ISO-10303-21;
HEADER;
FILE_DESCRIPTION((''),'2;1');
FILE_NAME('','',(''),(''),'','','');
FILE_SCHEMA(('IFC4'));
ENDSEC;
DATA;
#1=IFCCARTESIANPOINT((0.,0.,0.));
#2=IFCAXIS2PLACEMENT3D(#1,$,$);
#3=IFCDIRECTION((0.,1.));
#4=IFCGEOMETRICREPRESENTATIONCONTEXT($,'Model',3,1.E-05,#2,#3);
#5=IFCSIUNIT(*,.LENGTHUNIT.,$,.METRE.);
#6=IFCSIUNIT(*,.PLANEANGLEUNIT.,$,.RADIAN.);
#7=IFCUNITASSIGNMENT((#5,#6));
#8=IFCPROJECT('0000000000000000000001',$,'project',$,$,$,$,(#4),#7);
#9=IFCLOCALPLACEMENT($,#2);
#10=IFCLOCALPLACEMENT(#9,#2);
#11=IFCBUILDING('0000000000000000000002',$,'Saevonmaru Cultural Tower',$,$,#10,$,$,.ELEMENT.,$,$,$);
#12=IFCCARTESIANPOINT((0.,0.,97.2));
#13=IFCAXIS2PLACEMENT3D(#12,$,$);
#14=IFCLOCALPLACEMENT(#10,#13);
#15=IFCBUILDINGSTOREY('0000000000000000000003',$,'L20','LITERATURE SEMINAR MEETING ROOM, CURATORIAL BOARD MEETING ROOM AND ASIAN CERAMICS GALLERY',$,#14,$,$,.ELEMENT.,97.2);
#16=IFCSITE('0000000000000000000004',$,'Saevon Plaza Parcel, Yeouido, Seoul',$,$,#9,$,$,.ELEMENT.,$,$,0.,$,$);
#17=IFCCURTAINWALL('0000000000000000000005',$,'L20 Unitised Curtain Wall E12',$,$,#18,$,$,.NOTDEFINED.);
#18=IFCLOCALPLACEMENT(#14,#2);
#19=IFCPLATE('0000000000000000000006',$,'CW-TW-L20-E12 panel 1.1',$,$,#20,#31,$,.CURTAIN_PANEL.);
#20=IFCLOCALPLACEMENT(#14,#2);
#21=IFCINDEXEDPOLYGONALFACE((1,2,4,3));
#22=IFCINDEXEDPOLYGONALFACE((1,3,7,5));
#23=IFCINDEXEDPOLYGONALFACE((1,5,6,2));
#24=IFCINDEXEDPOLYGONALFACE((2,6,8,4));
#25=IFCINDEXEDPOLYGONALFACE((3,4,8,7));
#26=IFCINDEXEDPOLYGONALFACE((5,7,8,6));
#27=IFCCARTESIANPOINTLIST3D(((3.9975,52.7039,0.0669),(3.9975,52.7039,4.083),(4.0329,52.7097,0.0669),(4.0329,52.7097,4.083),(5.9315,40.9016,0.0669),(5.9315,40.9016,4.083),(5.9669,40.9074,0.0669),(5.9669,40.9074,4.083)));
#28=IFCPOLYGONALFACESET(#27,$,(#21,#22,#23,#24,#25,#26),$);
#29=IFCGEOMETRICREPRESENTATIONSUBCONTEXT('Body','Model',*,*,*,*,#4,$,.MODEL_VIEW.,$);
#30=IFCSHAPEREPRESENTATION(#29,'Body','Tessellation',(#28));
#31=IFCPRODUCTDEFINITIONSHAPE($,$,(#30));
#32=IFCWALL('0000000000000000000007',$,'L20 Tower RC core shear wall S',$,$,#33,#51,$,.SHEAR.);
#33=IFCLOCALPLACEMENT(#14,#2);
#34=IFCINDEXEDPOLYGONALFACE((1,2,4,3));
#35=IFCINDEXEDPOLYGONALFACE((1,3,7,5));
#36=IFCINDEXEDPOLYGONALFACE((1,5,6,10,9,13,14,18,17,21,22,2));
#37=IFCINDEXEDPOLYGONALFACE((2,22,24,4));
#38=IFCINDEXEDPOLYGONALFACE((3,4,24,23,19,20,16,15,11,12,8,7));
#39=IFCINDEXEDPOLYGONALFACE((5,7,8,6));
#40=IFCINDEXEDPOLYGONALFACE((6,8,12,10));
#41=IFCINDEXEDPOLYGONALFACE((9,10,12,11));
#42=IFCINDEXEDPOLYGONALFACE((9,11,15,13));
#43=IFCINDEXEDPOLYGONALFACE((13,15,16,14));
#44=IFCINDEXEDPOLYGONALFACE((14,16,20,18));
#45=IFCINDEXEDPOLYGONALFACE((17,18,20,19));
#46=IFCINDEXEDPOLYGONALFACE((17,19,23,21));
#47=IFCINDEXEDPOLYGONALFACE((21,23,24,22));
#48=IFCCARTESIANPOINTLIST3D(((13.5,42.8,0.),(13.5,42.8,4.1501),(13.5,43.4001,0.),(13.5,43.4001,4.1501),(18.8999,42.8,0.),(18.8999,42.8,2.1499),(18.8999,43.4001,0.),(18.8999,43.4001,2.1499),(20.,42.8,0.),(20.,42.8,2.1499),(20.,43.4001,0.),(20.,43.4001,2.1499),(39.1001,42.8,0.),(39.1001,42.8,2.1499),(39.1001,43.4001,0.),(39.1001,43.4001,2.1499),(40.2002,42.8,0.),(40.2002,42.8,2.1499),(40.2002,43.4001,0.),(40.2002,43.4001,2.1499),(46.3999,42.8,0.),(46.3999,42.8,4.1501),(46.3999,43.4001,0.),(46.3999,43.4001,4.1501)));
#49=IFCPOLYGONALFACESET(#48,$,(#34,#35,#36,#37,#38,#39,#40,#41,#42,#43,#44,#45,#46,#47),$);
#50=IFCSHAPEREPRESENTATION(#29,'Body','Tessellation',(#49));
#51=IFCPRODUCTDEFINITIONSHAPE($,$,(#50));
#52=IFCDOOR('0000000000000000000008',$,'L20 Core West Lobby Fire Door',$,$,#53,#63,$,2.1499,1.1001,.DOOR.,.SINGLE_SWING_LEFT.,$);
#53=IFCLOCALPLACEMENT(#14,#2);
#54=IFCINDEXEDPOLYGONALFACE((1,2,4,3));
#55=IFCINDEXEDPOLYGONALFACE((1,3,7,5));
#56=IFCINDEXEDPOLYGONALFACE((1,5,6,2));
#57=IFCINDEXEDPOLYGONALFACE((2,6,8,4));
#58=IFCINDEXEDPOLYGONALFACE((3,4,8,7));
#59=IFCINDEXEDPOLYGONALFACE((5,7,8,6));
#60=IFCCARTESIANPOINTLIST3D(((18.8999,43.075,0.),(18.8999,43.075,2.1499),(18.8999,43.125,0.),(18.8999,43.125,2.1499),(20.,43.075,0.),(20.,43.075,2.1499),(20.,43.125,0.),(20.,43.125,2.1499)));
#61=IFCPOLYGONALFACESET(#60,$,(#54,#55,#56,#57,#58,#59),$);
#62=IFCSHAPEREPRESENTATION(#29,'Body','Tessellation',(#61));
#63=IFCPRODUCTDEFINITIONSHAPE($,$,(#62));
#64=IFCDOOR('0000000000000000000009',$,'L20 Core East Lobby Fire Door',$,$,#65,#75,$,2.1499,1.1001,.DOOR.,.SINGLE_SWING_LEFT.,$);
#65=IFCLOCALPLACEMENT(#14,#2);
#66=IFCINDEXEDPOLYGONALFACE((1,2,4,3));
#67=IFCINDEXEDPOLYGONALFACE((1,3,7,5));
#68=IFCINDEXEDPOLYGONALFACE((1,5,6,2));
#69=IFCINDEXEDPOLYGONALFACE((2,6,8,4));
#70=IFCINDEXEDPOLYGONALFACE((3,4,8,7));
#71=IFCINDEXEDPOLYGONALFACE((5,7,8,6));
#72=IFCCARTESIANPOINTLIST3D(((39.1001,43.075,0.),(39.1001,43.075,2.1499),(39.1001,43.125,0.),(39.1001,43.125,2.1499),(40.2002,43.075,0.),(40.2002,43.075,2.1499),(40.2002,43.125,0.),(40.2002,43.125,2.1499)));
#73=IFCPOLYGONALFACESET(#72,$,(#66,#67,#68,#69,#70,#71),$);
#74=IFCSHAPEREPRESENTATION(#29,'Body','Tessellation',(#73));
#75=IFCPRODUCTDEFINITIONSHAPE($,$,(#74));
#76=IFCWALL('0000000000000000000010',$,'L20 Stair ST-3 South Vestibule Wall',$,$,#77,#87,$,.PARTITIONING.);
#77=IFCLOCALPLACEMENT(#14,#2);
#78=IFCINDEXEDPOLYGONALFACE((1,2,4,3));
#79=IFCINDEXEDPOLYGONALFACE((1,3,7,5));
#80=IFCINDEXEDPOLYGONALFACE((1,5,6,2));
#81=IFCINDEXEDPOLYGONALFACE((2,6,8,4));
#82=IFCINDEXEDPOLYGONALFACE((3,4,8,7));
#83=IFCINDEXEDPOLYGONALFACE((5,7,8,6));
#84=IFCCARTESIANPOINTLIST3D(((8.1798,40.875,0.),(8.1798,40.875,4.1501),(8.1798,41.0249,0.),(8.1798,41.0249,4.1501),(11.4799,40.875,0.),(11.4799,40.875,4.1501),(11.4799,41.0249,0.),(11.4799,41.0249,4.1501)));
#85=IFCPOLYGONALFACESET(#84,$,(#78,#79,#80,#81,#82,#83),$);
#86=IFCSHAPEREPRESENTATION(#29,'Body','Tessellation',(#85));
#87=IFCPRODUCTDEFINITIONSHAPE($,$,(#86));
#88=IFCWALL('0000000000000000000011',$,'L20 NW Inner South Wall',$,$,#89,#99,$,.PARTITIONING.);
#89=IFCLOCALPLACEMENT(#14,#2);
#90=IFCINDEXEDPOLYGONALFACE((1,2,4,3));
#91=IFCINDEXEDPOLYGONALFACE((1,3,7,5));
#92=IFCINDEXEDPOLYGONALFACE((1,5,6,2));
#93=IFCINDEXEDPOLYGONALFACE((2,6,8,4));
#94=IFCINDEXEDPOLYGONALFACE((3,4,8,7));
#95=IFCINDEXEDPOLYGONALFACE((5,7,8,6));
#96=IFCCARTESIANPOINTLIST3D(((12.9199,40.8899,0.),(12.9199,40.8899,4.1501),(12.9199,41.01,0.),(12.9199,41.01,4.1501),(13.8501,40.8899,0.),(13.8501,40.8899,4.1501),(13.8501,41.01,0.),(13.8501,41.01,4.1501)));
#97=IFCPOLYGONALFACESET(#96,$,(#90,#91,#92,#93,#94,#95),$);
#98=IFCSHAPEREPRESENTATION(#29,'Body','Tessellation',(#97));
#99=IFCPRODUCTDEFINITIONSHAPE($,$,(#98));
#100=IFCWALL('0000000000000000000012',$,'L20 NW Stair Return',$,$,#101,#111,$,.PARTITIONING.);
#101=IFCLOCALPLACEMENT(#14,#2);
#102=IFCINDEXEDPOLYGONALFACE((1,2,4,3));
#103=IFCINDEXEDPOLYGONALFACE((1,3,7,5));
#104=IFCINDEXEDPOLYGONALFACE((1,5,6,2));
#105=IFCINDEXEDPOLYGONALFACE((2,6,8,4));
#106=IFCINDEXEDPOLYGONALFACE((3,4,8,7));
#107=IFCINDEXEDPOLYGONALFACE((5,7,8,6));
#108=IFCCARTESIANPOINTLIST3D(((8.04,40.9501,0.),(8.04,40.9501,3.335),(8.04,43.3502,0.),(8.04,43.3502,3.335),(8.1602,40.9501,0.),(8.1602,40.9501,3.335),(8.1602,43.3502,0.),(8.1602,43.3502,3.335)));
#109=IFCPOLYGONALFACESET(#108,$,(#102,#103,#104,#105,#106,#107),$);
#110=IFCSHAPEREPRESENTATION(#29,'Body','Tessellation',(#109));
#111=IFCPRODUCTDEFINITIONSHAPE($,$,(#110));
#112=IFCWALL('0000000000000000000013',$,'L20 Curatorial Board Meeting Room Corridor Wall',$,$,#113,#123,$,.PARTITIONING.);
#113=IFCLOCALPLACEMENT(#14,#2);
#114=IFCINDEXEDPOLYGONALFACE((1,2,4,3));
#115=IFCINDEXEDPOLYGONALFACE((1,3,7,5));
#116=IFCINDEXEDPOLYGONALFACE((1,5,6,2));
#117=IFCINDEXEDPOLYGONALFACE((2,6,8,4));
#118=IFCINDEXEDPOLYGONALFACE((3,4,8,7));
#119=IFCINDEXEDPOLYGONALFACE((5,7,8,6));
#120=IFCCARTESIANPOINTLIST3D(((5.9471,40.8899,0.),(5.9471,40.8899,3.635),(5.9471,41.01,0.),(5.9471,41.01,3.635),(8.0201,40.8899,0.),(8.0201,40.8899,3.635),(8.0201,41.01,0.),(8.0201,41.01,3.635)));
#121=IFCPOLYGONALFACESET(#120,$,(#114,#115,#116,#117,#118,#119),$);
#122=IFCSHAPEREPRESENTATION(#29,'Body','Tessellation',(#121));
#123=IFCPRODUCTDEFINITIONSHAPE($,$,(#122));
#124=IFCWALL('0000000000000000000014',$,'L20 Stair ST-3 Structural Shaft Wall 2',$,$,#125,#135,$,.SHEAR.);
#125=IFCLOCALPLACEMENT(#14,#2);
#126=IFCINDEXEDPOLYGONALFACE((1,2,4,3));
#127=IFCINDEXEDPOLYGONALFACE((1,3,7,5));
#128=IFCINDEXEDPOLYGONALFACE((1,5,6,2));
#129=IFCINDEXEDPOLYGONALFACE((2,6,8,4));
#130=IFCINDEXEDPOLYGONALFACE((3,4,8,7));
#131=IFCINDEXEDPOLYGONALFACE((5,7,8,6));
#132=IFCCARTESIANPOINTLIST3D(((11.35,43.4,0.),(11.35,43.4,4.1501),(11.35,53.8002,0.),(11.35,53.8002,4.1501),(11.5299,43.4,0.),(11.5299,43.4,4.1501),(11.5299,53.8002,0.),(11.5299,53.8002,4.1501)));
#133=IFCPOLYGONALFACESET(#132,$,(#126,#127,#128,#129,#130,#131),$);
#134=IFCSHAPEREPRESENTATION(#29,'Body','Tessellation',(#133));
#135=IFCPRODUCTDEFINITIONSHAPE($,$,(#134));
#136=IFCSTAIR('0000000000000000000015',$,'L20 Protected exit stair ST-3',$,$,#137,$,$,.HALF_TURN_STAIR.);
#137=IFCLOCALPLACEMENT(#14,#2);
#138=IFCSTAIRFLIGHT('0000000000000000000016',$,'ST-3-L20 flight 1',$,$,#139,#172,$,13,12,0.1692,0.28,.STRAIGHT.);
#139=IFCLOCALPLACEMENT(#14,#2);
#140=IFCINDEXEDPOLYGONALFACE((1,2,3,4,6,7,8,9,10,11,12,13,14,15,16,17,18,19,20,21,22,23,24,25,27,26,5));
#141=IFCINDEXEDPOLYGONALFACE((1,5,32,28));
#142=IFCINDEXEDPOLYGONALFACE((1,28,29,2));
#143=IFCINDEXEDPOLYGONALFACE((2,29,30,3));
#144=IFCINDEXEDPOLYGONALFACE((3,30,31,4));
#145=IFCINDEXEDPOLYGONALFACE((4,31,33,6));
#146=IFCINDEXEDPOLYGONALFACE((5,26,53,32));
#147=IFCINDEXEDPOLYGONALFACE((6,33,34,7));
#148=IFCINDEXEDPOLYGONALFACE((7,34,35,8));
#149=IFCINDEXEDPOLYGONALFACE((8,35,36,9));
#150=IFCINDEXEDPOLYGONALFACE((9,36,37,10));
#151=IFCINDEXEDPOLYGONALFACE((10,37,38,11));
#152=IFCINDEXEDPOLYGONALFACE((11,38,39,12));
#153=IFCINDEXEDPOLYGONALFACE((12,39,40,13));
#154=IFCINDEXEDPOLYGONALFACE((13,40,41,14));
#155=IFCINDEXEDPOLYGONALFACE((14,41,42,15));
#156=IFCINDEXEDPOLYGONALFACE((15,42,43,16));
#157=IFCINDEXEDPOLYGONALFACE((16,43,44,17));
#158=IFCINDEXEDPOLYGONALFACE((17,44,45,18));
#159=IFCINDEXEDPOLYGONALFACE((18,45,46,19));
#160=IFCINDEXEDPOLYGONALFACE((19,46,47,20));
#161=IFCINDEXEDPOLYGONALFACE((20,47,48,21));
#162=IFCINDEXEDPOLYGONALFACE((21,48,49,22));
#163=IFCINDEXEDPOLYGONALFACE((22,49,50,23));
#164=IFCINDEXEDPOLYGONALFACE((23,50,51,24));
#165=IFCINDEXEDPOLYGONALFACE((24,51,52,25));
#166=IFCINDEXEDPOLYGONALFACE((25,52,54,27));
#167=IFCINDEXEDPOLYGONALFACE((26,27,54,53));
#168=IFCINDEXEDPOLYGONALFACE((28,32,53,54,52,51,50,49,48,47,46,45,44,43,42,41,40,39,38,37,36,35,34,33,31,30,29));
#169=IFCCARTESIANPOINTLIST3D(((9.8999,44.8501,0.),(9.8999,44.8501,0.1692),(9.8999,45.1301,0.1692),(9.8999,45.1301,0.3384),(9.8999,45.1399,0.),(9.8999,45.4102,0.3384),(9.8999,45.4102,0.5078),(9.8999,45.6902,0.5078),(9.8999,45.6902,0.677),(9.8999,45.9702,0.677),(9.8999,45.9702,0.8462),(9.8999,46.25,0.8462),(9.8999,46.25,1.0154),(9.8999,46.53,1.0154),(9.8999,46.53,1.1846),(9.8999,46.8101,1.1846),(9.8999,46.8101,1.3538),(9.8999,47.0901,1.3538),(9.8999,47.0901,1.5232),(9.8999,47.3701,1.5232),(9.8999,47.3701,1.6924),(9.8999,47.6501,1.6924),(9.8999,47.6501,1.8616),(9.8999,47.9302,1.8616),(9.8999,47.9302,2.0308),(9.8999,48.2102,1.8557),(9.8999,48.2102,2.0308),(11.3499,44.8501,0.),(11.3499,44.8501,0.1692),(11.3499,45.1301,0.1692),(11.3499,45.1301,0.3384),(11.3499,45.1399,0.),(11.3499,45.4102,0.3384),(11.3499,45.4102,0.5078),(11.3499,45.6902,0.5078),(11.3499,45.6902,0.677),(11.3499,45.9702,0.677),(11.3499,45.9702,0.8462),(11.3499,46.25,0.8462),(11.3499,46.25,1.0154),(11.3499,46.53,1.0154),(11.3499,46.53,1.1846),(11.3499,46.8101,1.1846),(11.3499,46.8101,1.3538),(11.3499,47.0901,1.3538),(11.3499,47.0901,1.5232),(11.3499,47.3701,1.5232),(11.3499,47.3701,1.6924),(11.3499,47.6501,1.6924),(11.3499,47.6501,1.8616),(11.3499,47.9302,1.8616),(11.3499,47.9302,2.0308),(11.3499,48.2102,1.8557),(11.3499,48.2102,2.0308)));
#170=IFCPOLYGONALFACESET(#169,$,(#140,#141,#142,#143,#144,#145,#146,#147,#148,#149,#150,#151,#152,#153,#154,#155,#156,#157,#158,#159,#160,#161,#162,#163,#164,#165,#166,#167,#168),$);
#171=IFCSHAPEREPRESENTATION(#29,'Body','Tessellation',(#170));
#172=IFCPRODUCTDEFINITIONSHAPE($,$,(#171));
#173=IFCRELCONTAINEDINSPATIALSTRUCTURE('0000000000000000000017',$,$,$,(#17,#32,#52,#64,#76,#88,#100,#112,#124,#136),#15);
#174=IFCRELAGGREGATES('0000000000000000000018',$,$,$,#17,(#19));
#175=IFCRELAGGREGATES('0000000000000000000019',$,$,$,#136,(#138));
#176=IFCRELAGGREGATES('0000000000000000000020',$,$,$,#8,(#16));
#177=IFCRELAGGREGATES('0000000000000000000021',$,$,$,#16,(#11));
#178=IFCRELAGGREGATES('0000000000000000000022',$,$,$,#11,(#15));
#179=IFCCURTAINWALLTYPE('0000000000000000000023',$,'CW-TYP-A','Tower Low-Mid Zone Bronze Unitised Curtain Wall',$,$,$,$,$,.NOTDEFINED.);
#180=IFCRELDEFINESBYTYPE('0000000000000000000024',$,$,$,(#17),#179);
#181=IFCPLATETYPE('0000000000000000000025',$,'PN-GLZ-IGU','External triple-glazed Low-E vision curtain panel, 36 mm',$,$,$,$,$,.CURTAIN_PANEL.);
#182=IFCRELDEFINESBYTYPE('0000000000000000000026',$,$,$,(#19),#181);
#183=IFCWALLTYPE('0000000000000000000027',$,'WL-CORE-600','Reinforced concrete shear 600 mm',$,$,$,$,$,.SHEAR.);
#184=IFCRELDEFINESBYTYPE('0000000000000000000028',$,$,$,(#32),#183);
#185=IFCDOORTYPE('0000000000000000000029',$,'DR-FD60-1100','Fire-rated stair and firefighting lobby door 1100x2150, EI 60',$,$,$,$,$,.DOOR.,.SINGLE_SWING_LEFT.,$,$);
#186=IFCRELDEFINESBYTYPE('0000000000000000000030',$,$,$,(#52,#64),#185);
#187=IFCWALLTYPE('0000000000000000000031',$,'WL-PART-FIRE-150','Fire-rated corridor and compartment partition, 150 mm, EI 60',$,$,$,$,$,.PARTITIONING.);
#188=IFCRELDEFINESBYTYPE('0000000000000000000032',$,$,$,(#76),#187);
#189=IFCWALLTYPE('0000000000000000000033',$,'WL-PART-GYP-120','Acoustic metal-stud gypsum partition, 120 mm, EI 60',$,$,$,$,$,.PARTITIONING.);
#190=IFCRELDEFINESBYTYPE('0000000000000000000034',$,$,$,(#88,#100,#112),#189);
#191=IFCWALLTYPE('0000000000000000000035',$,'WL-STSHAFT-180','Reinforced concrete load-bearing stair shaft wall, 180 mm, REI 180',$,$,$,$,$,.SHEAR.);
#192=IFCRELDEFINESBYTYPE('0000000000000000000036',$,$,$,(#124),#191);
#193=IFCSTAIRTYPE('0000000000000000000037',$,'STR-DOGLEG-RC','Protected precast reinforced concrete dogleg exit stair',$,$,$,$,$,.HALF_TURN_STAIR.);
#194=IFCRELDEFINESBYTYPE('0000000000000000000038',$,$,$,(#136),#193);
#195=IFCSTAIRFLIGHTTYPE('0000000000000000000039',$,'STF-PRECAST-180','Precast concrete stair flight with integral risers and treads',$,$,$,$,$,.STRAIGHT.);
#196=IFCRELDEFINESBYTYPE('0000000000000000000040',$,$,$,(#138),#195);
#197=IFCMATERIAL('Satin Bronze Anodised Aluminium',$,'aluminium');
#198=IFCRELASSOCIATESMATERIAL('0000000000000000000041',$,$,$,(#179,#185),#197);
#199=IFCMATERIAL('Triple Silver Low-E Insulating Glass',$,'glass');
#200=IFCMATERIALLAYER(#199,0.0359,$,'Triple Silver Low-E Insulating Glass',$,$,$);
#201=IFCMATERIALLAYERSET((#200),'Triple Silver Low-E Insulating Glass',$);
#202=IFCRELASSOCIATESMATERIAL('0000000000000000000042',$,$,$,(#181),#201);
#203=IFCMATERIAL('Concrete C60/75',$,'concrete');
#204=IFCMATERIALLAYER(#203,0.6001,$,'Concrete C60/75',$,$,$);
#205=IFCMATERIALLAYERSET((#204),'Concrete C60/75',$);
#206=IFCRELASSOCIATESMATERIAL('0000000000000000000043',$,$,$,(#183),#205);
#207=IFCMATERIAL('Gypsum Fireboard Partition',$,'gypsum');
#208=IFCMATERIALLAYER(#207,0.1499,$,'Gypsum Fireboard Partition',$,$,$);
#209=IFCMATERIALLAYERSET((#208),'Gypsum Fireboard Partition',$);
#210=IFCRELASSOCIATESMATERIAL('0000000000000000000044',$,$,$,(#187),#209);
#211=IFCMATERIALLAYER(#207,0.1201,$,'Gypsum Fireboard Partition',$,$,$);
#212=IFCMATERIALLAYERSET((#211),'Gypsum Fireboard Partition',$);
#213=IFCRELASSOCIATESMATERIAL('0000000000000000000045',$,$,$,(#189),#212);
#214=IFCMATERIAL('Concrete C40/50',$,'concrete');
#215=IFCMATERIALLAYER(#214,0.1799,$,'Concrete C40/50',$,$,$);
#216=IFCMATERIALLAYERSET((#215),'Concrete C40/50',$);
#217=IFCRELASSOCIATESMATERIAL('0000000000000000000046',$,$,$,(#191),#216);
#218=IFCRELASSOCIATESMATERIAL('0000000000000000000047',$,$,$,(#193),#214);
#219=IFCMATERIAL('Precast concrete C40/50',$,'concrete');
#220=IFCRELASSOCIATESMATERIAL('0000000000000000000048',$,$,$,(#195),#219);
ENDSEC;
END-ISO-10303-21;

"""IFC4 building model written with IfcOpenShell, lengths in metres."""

from ifc_helpers import new_model, si_unit, direction, frame, frame_2d, origin, origin_2d, place, context, subcontext, project, spatial, polyline, rectangle, outline, extrude, material, layer, layer_set, type_object, element, fill, aggregate, save


model = new_model("IFC4")

# Units and contexts
model_context = context("Model", 3, precision=1e-05, world=origin(), true_north=direction((0.0, 1.0)))
body_context = subcontext(model_context, "Body", "Model", "MODEL_VIEW")
ifc_project = project(units=[si_unit("LENGTHUNIT", "METRE"), si_unit("PLANEANGLEUNIT", "RADIAN")], contexts=[model_context])

# Site, building, storey
site_placement = place(None, origin())
site = spatial("IfcSite", under=ifc_project, at=site_placement, Name="Saevon Plaza Parcel, Yeouido, Seoul", CompositionType="ELEMENT", RefElevation=0.0)
building_placement = place(site_placement, origin())
building = spatial("IfcBuilding", under=site, at=building_placement, Name="Saevonmaru Cultural Tower", CompositionType="ELEMENT")
storey_placement = place(building_placement, frame((0.0, 0.0, 97.2)))
storey = spatial("IfcBuildingStorey", under=building, at=storey_placement, Name="L20", Description="LITERATURE SEMINAR MEETING ROOM, CURATORIAL BOARD MEETING ROOM AND ASIAN CERAMICS GALLERY", CompositionType="ELEMENT", Elevation=97.2)

# Curtain wall
ifc_material_1 = material(Name="Satin Bronze Anodised Aluminium", Category="aluminium")
curtain_wall_type = type_object("IfcCurtainWallType", Name="CW-TYP-A", Description="Tower Low-Mid Zone Bronze Unitised Curtain Wall", PredefinedType="NOTDEFINED", material=ifc_material_1)
curtain_wall_placement = place(storey_placement, origin())
curtain_wall = element("IfcCurtainWall", 1, at=curtain_wall_placement, inside=storey, type_object=curtain_wall_type, Name="L20 Unitised Curtain Wall E12", PredefinedType="NOTDEFINED")

# Plate
ifc_material_2 = material(Name="Triple Silver Low-E Insulating Glass", Category="glass")
ifc_layer_1 = layer(ifc_material_2, 0.0359, Name="Triple Silver Low-E Insulating Glass")
ifc_layer_set_1 = layer_set([ifc_layer_1], Name="Triple Silver Low-E Insulating Glass")
plate_type_1 = type_object("IfcPlateType", Name="PN-GLZ-IGU", Description="External triple-glazed Low-E vision curtain panel, 36 mm", PredefinedType="CURTAIN_PANEL", material=ifc_layer_set_1)
plate_placement = place(storey_placement, frame((4.9822, 46.8057, 0.0669), z_axis=(0.0, 0.0, 1.0), x_axis=(0.161709, -0.986839, 0.0)))
plate = element("IfcPlate", 2, at=plate_placement, type_object=plate_type_1, Name="CW-TW-L20-E12 panel 1.1", PredefinedType="CURTAIN_PANEL", context=body_context, shape_type="SweptSolid", body=[
    extrude(rectangle(XDim=11.9597, YDim=0.0359, at=origin_2d()), origin(), (0.0, 0.0, 1.0), 4.0161),
])
aggregate(curtain_wall, [plate])

# Wall, openings, doors
ifc_material_3 = material(Name="Concrete C60/75", Category="concrete")
ifc_layer_2 = layer(ifc_material_3, 0.6001, Name="Concrete C60/75")
ifc_layer_set_2 = layer_set([ifc_layer_2], Name="Concrete C60/75")
wall_type_1 = type_object("IfcWallType", Name="WL-CORE-600", Description="Reinforced concrete shear 600 mm", PredefinedType="SHEAR", material=ifc_layer_set_2)
wall_1_placement = place(storey_placement, frame((13.5, 43.1001, 0.0), z_axis=(0.0, 0.0, 1.0), x_axis=(1.0, 0.0, 0.0)))
wall_1 = element("IfcWall", 3, at=wall_1_placement, inside=storey, type_object=wall_type_1, Name="L20 Tower RC core shear wall S", PredefinedType="SHEAR", context=body_context, shape_type="SweptSolid", body=[
    extrude(rectangle(XDim=32.8999, YDim=0.6001, at=frame_2d((16.45, 0.0))), origin(), (0.0, 0.0, 1.0), 4.1501),
])
opening_1_placement = place(wall_1_placement, frame((5.3999, 0.0, 0.0)))
opening_1 = element("IfcOpeningElement", 4, at=opening_1_placement, cuts=wall_1, PredefinedType="OPENING", context=body_context, shape_type="SweptSolid", body=[
    extrude(rectangle(XDim=1.1001, YDim=2.1499, at=frame_2d((0.55, 1.075))), frame((0.0, 0.3101, 0.0), z_axis=(0.0, -1.0, 0.0), x_axis=(1.0, 0.0, 0.0)), (0.0, 0.0, 1.0), 0.6201),
])
opening_2_placement = place(wall_1_placement, frame((25.6001, 0.0, 0.0)))
opening_2 = element("IfcOpeningElement", 5, at=opening_2_placement, cuts=wall_1, PredefinedType="OPENING", context=body_context, shape_type="SweptSolid", body=[
    extrude(rectangle(XDim=1.1001, YDim=2.1499, at=frame_2d((0.55, 1.075))), frame((0.0, 0.3101, 0.0), z_axis=(0.0, -1.0, 0.0), x_axis=(1.0, 0.0, 0.0)), (0.0, 0.0, 1.0), 0.6201),
])
door_type = type_object("IfcDoorType", Name="DR-FD60-1100", Description="Fire-rated stair and firefighting lobby door 1100x2150, EI 60", OperationType="SINGLE_SWING_LEFT", PredefinedType="DOOR", material=ifc_material_1)
door_1_placement = place(opening_1_placement, origin())
door_1 = element("IfcDoor", 6, at=door_1_placement, inside=storey, type_object=door_type, Name="L20 Core West Lobby Fire Door", OperationType="SINGLE_SWING_LEFT", OverallHeight=2.1499, OverallWidth=1.1001, PredefinedType="DOOR", context=body_context, shape_type="SweptSolid", body=[
    extrude(rectangle(XDim=1.1001, YDim=2.1499, at=frame_2d((0.55, 1.075))), frame((0.0, 0.0249, 0.0), z_axis=(0.0, -1.0, 0.0), x_axis=(1.0, 0.0, 0.0)), (0.0, 0.0, 1.0), 0.05),
])
fill(opening_1, door_1)
door_2_placement = place(opening_2_placement, origin())
door_2 = element("IfcDoor", 7, at=door_2_placement, inside=storey, type_object=door_type, Name="L20 Core East Lobby Fire Door", OperationType="SINGLE_SWING_LEFT", OverallHeight=2.1499, OverallWidth=1.1001, PredefinedType="DOOR", context=body_context, shape_type="SweptSolid", body=[
    extrude(rectangle(XDim=1.1001, YDim=2.1499, at=frame_2d((0.55, 1.075))), frame((0.0, 0.0249, 0.0), z_axis=(0.0, -1.0, 0.0), x_axis=(1.0, 0.0, 0.0)), (0.0, 0.0, 1.0), 0.05),
])
fill(opening_2, door_2)

# Walls
ifc_material_4 = material(Name="Gypsum Fireboard Partition", Category="gypsum")
ifc_layer_3 = layer(ifc_material_4, 0.1499, Name="Gypsum Fireboard Partition")
ifc_layer_set_3 = layer_set([ifc_layer_3], Name="Gypsum Fireboard Partition")
wall_type_2 = type_object("IfcWallType", Name="WL-PART-FIRE-150", Description="Fire-rated corridor and compartment partition, 150 mm, EI 60", PredefinedType="PARTITIONING", material=ifc_layer_set_3)
wall_2_placement = place(storey_placement, frame((8.1799, 40.95, 0.0), z_axis=(0.0, 0.0, 1.0), x_axis=(1.0, 0.0, 0.0)))
element("IfcWall", 8, at=wall_2_placement, inside=storey, type_object=wall_type_2, Name="L20 Stair ST-3 South Vestibule Wall", PredefinedType="PARTITIONING", context=body_context, shape_type="SweptSolid", body=[
    extrude(rectangle(XDim=3.3, YDim=0.1499, at=frame_2d((1.6499, 0.0))), origin(), (0.0, 0.0, 1.0), 4.1501),
])
ifc_layer_4 = layer(ifc_material_4, 0.1201, Name="Gypsum Fireboard Partition")
ifc_layer_set_4 = layer_set([ifc_layer_4], Name="Gypsum Fireboard Partition")
wall_type_3 = type_object("IfcWallType", Name="WL-PART-GYP-120", Description="Acoustic metal-stud gypsum partition, 120 mm, EI 60", PredefinedType="PARTITIONING", material=ifc_layer_set_4)
wall_3_placement = place(storey_placement, frame((12.9199, 40.95, 0.0), z_axis=(0.0, 0.0, 1.0), x_axis=(1.0, 0.0, 0.0)))
element("IfcWall", 9, at=wall_3_placement, inside=storey, type_object=wall_type_3, Name="L20 NW Inner South Wall", PredefinedType="PARTITIONING", context=body_context, shape_type="SweptSolid", body=[
    extrude(rectangle(XDim=0.9302, YDim=0.1201, at=frame_2d((0.4651, 0.0))), origin(), (0.0, 0.0, 1.0), 4.1501),
])
wall_4_placement = place(storey_placement, frame((8.1001, 40.95, 0.0), z_axis=(0.0, 0.0, 1.0), x_axis=(0.0, 1.0, 0.0)))
element("IfcWall", 10, at=wall_4_placement, inside=storey, type_object=wall_type_3, Name="L20 NW Stair Return", PredefinedType="PARTITIONING", context=body_context, shape_type="SweptSolid", body=[
    extrude(rectangle(XDim=2.4001, YDim=0.1201, at=frame_2d((1.2002, 0.0))), origin(), (0.0, 0.0, 1.0), 3.335),
])
wall_5_placement = place(storey_placement, frame((5.947, 40.95, 0.0), z_axis=(0.0, 0.0, 1.0), x_axis=(1.0, 0.0, 0.0)))
element("IfcWall", 11, at=wall_5_placement, inside=storey, type_object=wall_type_3, Name="L20 Curatorial Board Meeting Room Corridor Wall", PredefinedType="PARTITIONING", context=body_context, shape_type="SweptSolid", body=[
    extrude(rectangle(XDim=2.073, YDim=0.1201, at=frame_2d((1.0366, 0.0))), origin(), (0.0, 0.0, 1.0), 3.635),
])

# Shared definitions
ifc_material_5 = material(Name="Concrete C40/50", Category="concrete")
ifc_layer_5 = layer(ifc_material_5, 0.1799, Name="Concrete C40/50")
ifc_layer_set_5 = layer_set([ifc_layer_5], Name="Concrete C40/50")
wall_type_4 = type_object("IfcWallType", Name="WL-STSHAFT-180", Description="Reinforced concrete load-bearing stair shaft wall, 180 mm, REI 180", PredefinedType="SHEAR", material=ifc_layer_set_5)

# Wall
wall_6_placement = place(storey_placement, frame((11.4399, 43.3999, 0.0), z_axis=(0.0, 0.0, 1.0), x_axis=(0.0, 1.0, 0.0)))
element("IfcWall", 12, at=wall_6_placement, inside=storey, type_object=wall_type_4, Name="L20 Stair ST-3 Structural Shaft Wall 2", PredefinedType="SHEAR", context=body_context, shape_type="SweptSolid", body=[
    extrude(rectangle(XDim=10.4001, YDim=0.1799, at=frame_2d((5.2002, 0.0))), origin(), (0.0, 0.0, 1.0), 4.1501),
])

# Stair, stair flight
stair_type = type_object("IfcStairType", Name="STR-DOGLEG-RC", Description="Protected precast reinforced concrete dogleg exit stair", PredefinedType="HALF_TURN_STAIR", material=ifc_material_5)
stair_placement = place(storey_placement, origin())
stair = element("IfcStair", 13, at=stair_placement, inside=storey, type_object=stair_type, Name="L20 Protected exit stair ST-3", PredefinedType="HALF_TURN_STAIR")
ifc_material_6 = material(Name="Precast concrete C40/50", Category="concrete")
stair_flight_type = type_object("IfcStairFlightType", Name="STF-PRECAST-180", Description="Precast concrete stair flight with integral risers and treads", PredefinedType="STRAIGHT", material=ifc_material_6)
stair_flight_1_placement = place(storey_placement, frame((10.625, 44.8501, 0.0), z_axis=(0.0, 0.0, 1.0), x_axis=(0.0, 1.0, 0.0)))
stair_flight_1 = element("IfcStairFlight", 14, at=stair_flight_1_placement, type_object=stair_flight_type, Name="ST-3-L20 flight 1", NumberOfRisers=13, NumberOfTreads=12, PredefinedType="STRAIGHT", RiserHeight=0.1692, TreadLength=0.28, context=body_context, shape_type="SweptSolid", body=[
    extrude(outline(polyline([(0.0, 0.0), (0.0, 0.1692), (0.28, 0.1692), (0.28, 0.3384), (0.5601, 0.3384), (0.5601, 0.5078), (0.8401, 0.5078), (0.8401, 0.677), (1.1201, 0.677), (1.1201, 0.8462), (1.3999, 0.8462), (1.3999, 1.0154), (1.6799, 1.0154), (1.6799, 1.1846), (1.96, 1.1846), (1.96, 1.3538), (2.24, 1.3538), (2.24, 1.5232), (2.52, 1.5232), (2.52, 1.6924), (2.8, 1.6924), (2.8, 1.8616), (3.0801, 1.8616), (3.0801, 2.0308), (3.3601, 2.0308), (3.3601, 2.2), (3.3601, 1.8557), (0.2898, 0.0), (0.0, 0.0)])), frame((0.0, 0.7251, 0.0), z_axis=(0.0, -1.0, 0.0), x_axis=(1.0, 0.0, 0.0)), (0.0, 0.0, 1.0), 1.45),
])
aggregate(stair, [stair_flight_1])

save(model, "model.ifc")
